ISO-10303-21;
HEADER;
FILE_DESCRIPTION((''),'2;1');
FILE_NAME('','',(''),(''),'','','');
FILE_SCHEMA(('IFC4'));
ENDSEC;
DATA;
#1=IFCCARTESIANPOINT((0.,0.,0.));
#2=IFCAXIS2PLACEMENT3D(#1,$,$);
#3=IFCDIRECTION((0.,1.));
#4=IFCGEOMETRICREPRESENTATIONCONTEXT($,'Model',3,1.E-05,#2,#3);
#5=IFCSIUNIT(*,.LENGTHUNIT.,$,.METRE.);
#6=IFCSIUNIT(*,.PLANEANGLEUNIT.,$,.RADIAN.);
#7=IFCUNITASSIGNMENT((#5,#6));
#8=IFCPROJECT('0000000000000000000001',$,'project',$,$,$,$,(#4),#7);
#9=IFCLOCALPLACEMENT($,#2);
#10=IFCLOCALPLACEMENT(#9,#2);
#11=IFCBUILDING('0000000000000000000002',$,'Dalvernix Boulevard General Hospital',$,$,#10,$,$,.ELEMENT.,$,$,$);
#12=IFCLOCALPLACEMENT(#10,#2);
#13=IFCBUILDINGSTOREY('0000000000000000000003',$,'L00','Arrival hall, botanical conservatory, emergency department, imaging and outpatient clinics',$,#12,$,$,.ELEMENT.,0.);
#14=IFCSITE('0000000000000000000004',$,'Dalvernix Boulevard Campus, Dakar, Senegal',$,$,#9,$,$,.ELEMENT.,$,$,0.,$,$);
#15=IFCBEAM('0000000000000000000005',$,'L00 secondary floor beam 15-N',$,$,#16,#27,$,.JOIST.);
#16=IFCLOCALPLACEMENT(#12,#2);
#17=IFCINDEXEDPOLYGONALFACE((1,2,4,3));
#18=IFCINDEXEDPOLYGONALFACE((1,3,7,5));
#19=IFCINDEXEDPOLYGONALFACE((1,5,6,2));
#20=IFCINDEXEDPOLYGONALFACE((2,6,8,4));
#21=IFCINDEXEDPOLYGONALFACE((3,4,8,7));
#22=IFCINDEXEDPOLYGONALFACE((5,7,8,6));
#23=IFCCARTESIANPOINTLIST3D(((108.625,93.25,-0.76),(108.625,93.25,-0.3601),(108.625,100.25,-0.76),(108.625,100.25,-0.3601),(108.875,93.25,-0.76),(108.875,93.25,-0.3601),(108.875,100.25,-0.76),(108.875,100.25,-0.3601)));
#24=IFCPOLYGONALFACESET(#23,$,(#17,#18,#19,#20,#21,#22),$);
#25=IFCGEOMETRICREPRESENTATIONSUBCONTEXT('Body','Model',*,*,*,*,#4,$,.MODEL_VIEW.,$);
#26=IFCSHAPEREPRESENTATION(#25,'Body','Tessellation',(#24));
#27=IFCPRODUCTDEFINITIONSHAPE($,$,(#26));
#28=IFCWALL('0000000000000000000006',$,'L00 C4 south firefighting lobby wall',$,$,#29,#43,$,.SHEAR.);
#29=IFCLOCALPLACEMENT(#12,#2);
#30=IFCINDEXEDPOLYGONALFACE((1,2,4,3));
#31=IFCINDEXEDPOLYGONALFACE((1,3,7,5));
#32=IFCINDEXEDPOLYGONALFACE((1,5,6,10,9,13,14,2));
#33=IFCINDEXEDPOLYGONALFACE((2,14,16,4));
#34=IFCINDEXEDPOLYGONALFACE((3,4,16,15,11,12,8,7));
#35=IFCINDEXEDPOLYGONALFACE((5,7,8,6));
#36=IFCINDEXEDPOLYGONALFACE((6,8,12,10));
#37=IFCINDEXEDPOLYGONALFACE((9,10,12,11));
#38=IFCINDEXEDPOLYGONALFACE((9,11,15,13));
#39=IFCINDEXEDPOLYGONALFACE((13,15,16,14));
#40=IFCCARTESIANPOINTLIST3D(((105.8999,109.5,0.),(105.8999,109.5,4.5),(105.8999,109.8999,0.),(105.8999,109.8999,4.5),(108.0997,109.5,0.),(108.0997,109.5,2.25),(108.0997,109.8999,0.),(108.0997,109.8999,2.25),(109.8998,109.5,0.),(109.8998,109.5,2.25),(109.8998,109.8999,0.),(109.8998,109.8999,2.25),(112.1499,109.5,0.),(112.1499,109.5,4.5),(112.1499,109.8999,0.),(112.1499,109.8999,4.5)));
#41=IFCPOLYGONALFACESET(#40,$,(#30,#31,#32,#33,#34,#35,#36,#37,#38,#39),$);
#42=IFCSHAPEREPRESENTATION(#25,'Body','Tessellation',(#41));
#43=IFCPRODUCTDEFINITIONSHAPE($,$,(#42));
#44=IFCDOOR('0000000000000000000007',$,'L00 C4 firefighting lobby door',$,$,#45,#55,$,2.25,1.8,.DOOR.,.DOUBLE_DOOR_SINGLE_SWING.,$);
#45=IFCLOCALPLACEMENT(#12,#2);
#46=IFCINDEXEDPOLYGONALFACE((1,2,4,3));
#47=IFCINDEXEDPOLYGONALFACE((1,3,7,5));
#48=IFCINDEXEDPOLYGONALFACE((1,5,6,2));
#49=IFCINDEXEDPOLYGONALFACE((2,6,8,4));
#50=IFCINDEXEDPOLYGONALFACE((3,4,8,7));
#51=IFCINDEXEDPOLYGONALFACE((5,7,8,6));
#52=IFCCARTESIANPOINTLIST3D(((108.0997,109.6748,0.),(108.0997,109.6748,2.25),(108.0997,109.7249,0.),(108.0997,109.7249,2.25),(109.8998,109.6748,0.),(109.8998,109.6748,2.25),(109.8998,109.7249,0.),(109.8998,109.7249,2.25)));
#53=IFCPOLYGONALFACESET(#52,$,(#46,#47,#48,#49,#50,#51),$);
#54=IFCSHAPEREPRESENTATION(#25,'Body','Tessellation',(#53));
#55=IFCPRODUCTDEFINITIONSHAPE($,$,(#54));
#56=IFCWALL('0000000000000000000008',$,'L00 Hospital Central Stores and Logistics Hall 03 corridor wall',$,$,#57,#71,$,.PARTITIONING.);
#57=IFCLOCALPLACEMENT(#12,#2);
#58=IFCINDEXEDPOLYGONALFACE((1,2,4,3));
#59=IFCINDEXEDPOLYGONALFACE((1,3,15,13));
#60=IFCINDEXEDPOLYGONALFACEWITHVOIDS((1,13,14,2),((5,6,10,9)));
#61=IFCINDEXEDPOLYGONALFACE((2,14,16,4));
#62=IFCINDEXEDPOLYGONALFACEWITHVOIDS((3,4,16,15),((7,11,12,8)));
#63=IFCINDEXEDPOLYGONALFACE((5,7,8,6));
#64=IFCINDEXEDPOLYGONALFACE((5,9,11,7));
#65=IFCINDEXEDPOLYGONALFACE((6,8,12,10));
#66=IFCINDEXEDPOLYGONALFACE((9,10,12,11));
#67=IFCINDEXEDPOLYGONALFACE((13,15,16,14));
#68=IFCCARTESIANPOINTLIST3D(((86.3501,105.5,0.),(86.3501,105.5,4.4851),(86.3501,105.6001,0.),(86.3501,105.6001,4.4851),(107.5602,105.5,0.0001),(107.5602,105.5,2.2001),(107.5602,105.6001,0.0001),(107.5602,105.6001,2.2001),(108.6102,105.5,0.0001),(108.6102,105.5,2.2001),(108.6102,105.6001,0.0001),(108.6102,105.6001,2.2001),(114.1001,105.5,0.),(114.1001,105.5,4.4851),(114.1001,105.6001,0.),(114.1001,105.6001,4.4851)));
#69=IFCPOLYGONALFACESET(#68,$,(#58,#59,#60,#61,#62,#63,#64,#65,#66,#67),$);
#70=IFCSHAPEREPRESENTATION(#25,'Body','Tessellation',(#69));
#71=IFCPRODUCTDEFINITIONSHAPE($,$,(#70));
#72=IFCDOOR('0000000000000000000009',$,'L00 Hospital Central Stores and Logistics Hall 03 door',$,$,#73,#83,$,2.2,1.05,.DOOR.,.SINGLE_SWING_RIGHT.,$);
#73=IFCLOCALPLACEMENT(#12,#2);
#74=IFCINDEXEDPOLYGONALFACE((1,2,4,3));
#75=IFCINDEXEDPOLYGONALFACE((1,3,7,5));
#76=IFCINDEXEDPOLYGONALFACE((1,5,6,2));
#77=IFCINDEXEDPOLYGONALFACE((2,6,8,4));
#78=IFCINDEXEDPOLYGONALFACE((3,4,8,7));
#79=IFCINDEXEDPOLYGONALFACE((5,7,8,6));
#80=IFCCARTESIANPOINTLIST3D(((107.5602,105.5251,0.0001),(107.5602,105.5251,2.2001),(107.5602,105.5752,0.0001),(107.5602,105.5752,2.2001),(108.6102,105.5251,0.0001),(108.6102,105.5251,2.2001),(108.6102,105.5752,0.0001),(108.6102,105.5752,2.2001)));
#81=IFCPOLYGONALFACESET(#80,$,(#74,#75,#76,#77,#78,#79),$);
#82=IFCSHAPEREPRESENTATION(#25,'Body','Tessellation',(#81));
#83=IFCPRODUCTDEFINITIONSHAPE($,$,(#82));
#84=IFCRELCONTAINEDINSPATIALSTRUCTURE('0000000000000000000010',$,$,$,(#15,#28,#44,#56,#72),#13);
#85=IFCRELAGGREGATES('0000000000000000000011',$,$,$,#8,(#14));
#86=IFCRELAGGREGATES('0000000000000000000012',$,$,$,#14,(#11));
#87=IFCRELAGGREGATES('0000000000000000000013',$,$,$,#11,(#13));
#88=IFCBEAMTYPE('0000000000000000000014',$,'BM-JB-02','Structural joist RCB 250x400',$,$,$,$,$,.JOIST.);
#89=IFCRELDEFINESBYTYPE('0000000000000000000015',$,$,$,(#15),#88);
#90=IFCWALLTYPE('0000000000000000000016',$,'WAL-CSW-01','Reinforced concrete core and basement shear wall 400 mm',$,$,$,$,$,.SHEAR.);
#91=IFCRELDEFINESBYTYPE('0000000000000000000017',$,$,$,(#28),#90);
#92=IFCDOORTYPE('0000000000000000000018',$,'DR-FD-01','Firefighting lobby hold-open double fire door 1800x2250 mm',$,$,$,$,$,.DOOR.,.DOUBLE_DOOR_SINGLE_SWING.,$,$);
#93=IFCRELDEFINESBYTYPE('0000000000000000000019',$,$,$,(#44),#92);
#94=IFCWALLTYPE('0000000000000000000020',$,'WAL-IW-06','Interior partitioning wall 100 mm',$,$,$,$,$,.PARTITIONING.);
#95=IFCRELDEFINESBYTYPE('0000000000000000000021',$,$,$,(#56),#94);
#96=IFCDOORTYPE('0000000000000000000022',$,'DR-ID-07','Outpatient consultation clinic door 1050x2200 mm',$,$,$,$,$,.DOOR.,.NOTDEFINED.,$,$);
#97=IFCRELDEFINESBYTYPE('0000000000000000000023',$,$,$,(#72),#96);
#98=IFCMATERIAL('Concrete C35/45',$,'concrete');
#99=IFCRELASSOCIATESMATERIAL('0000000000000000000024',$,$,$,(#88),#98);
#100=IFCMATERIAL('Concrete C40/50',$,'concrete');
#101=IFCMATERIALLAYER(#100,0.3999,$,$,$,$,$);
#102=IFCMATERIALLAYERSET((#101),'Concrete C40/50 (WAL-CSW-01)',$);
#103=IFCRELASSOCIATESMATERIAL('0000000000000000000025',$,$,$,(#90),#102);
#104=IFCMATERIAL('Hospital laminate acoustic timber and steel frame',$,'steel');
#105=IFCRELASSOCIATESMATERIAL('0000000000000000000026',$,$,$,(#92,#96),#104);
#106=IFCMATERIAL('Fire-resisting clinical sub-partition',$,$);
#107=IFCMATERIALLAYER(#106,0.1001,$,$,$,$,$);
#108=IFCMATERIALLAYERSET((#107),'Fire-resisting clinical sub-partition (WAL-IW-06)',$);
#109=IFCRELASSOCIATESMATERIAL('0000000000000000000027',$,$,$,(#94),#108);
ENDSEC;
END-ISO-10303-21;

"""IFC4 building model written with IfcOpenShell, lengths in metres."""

from ifc_helpers import new_model, si_unit, direction, frame, frame_2d, origin, origin_2d, place, context, subcontext, project, spatial, rectangle, extrude, material, layer, layer_set, material_profile, profile_set, type_object, element, fill, save


model = new_model("IFC4")

# Units and contexts
model_context = context("Model", 3, precision=1e-05, world=origin(), true_north=direction((0.0, 1.0)))
body_context = subcontext(model_context, "Body", "Model", "MODEL_VIEW")
ifc_project = project(units=[si_unit("LENGTHUNIT", "METRE"), si_unit("PLANEANGLEUNIT", "RADIAN")], contexts=[model_context])

# Site, building, storey
site_placement = place(None, origin())
site = spatial("IfcSite", under=ifc_project, at=site_placement, Name="Dalvernix Boulevard Campus, Dakar, Senegal", CompositionType="ELEMENT", RefElevation=0.0)
building_placement = place(site_placement, origin())
building = spatial("IfcBuilding", under=site, at=building_placement, Name="Dalvernix Boulevard General Hospital", CompositionType="ELEMENT")
storey_placement = place(building_placement, origin())
storey = spatial("IfcBuildingStorey", under=building, at=storey_placement, Name="L00", Description="Arrival hall, botanical conservatory, emergency department, imaging and outpatient clinics", CompositionType="ELEMENT", Elevation=0.0)

# Shared definitions
ifc_material_1 = material(Name="Concrete C40/50", Category="concrete")

# Beam
ifc_material_2 = material(Name="Concrete C35/45", Category="concrete")
ifc_material_profile_1 = material_profile(ifc_material_2, rectangle(XDim=0.25, YDim=0.3999, at=origin_2d()), Name="RCB 250x400")
ifc_profile_set_1 = profile_set([ifc_material_profile_1], Name="Concrete C35/45")
beam_type_1 = type_object("IfcBeamType", Name="BM-JB-02", Description="Structural joist RCB 250x400", PredefinedType="JOIST", material=ifc_profile_set_1)
beam_placement = place(storey_placement, frame((108.75, 93.25, -0.5601), z_axis=(0.0, 1.0, 0.0), x_axis=(-1.0, 0.0, 0.0)))
element("IfcBeam", 1, at=beam_placement, inside=storey, type_object=beam_type_1, Name="L00 secondary floor beam 15-N", PredefinedType="JOIST", context=body_context, shape_type="SweptSolid", body=[
    extrude(rectangle(XDim=0.25, YDim=0.3999, at=origin_2d()), origin(), (0.0, 0.0, 1.0), 7.0),
])

# Walls, openings, doors
ifc_layer_1 = layer(ifc_material_1, 0.3999)
ifc_layer_set_1 = layer_set([ifc_layer_1], Name="Concrete C40/50 (WAL-CSW-01)")
wall_type_1 = type_object("IfcWallType", Name="WAL-CSW-01", Description="Reinforced concrete core and basement shear wall 400 mm", PredefinedType="SHEAR", material=ifc_layer_set_1)
wall_1_placement = place(storey_placement, frame((105.8999, 109.7, 0.0), z_axis=(0.0, 0.0, 1.0), x_axis=(1.0, 0.0, 0.0)))
wall_1 = element("IfcWall", 2, at=wall_1_placement, inside=storey, type_object=wall_type_1, Name="L00 C4 south firefighting lobby wall", PredefinedType="SHEAR", context=body_context, shape_type="SweptSolid", body=[
    extrude(rectangle(XDim=6.25, YDim=0.3999, at=frame_2d((3.125, 0.0))), origin(), (0.0, 0.0, 1.0), 4.5),
])
opening_1_placement = place(wall_1_placement, frame((2.2, 0.0, 0.0)))
opening_1 = element("IfcOpeningElement", 3, at=opening_1_placement, cuts=wall_1, PredefinedType="OPENING", context=body_context, shape_type="SweptSolid", body=[
    extrude(rectangle(XDim=1.8, YDim=2.25, at=frame_2d((0.8999, 1.125))), frame((0.0, 0.21, 0.0), z_axis=(0.0, -1.0, 0.0), x_axis=(1.0, 0.0, 0.0)), (0.0, 0.0, 1.0), 0.4199),
])
ifc_material_3 = material(Name="Hospital laminate acoustic timber and steel frame", Category="steel")
door_type_1 = type_object("IfcDoorType", Name="DR-FD-01", Description="Firefighting lobby hold-open double fire door 1800x2250 mm", OperationType="DOUBLE_DOOR_SINGLE_SWING", PredefinedType="DOOR", material=ifc_material_3)
door_1_placement = place(opening_1_placement, origin())
door_1 = element("IfcDoor", 4, at=door_1_placement, inside=storey, type_object=door_type_1, Name="L00 C4 firefighting lobby door", OperationType="DOUBLE_DOOR_SINGLE_SWING", OverallHeight=2.25, OverallWidth=1.8, PredefinedType="DOOR", context=body_context, shape_type="SweptSolid", body=[
    extrude(rectangle(XDim=1.8, YDim=2.25, at=frame_2d((0.8999, 1.125))), frame((0.0, 0.0249, 0.0), z_axis=(0.0, -1.0, 0.0), x_axis=(1.0, 0.0, 0.0)), (0.0, 0.0, 1.0), 0.05),
])
fill(opening_1, door_1)
ifc_material_4 = material(Name="Fire-resisting clinical sub-partition")
ifc_layer_2 = layer(ifc_material_4, 0.1001)
ifc_layer_set_2 = layer_set([ifc_layer_2], Name="Fire-resisting clinical sub-partition (WAL-IW-06)")
wall_type_2 = type_object("IfcWallType", Name="WAL-IW-06", Description="Interior partitioning wall 100 mm", PredefinedType="PARTITIONING", material=ifc_layer_set_2)
wall_2_placement = place(storey_placement, frame((114.1001, 105.55, 0.0), z_axis=(0.0, 0.0, 1.0), x_axis=(-1.0, 0.0, 0.0)))
wall_2 = element("IfcWall", 5, at=wall_2_placement, inside=storey, type_object=wall_type_2, Name="L00 Hospital Central Stores and Logistics Hall 03 corridor wall", PredefinedType="PARTITIONING", context=body_context, shape_type="SweptSolid", body=[
    extrude(rectangle(XDim=27.75, YDim=0.1001, at=frame_2d((13.875, 0.0))), origin(), (0.0, 0.0, 1.0), 4.4851),
])
opening_2_placement = place(wall_2_placement, frame((5.49, 0.0, 0.0)))
opening_2 = element("IfcOpeningElement", 6, at=opening_2_placement, cuts=wall_2, PredefinedType="OPENING", context=body_context, shape_type="SweptSolid", body=[
    extrude(rectangle(XDim=1.05, YDim=2.2, at=frame_2d((0.5249, 1.1001))), frame((0.0, 0.0601, 0.0), z_axis=(0.0, -1.0, 0.0), x_axis=(1.0, 0.0, 0.0)), (0.0, 0.0, 1.0), 0.1201),
])
door_type_2 = type_object("IfcDoorType", Name="DR-ID-07", Description="Outpatient consultation clinic door 1050x2200 mm", OperationType="NOTDEFINED", PredefinedType="DOOR", material=ifc_material_3)
door_2_placement = place(opening_2_placement, origin())
door_2 = element("IfcDoor", 7, at=door_2_placement, inside=storey, type_object=door_type_2, Name="L00 Hospital Central Stores and Logistics Hall 03 door", OperationType="SINGLE_SWING_RIGHT", OverallHeight=2.2, OverallWidth=1.05, PredefinedType="DOOR", context=body_context, shape_type="SweptSolid", body=[
    extrude(rectangle(XDim=1.05, YDim=2.2, at=frame_2d((0.5249, 1.1001))), frame((0.0, 0.0249, 0.0), z_axis=(0.0, -1.0, 0.0), x_axis=(1.0, 0.0, 0.0)), (0.0, 0.0, 1.0), 0.05),
])
fill(opening_2, door_2)

save(model, "model.ifc")
